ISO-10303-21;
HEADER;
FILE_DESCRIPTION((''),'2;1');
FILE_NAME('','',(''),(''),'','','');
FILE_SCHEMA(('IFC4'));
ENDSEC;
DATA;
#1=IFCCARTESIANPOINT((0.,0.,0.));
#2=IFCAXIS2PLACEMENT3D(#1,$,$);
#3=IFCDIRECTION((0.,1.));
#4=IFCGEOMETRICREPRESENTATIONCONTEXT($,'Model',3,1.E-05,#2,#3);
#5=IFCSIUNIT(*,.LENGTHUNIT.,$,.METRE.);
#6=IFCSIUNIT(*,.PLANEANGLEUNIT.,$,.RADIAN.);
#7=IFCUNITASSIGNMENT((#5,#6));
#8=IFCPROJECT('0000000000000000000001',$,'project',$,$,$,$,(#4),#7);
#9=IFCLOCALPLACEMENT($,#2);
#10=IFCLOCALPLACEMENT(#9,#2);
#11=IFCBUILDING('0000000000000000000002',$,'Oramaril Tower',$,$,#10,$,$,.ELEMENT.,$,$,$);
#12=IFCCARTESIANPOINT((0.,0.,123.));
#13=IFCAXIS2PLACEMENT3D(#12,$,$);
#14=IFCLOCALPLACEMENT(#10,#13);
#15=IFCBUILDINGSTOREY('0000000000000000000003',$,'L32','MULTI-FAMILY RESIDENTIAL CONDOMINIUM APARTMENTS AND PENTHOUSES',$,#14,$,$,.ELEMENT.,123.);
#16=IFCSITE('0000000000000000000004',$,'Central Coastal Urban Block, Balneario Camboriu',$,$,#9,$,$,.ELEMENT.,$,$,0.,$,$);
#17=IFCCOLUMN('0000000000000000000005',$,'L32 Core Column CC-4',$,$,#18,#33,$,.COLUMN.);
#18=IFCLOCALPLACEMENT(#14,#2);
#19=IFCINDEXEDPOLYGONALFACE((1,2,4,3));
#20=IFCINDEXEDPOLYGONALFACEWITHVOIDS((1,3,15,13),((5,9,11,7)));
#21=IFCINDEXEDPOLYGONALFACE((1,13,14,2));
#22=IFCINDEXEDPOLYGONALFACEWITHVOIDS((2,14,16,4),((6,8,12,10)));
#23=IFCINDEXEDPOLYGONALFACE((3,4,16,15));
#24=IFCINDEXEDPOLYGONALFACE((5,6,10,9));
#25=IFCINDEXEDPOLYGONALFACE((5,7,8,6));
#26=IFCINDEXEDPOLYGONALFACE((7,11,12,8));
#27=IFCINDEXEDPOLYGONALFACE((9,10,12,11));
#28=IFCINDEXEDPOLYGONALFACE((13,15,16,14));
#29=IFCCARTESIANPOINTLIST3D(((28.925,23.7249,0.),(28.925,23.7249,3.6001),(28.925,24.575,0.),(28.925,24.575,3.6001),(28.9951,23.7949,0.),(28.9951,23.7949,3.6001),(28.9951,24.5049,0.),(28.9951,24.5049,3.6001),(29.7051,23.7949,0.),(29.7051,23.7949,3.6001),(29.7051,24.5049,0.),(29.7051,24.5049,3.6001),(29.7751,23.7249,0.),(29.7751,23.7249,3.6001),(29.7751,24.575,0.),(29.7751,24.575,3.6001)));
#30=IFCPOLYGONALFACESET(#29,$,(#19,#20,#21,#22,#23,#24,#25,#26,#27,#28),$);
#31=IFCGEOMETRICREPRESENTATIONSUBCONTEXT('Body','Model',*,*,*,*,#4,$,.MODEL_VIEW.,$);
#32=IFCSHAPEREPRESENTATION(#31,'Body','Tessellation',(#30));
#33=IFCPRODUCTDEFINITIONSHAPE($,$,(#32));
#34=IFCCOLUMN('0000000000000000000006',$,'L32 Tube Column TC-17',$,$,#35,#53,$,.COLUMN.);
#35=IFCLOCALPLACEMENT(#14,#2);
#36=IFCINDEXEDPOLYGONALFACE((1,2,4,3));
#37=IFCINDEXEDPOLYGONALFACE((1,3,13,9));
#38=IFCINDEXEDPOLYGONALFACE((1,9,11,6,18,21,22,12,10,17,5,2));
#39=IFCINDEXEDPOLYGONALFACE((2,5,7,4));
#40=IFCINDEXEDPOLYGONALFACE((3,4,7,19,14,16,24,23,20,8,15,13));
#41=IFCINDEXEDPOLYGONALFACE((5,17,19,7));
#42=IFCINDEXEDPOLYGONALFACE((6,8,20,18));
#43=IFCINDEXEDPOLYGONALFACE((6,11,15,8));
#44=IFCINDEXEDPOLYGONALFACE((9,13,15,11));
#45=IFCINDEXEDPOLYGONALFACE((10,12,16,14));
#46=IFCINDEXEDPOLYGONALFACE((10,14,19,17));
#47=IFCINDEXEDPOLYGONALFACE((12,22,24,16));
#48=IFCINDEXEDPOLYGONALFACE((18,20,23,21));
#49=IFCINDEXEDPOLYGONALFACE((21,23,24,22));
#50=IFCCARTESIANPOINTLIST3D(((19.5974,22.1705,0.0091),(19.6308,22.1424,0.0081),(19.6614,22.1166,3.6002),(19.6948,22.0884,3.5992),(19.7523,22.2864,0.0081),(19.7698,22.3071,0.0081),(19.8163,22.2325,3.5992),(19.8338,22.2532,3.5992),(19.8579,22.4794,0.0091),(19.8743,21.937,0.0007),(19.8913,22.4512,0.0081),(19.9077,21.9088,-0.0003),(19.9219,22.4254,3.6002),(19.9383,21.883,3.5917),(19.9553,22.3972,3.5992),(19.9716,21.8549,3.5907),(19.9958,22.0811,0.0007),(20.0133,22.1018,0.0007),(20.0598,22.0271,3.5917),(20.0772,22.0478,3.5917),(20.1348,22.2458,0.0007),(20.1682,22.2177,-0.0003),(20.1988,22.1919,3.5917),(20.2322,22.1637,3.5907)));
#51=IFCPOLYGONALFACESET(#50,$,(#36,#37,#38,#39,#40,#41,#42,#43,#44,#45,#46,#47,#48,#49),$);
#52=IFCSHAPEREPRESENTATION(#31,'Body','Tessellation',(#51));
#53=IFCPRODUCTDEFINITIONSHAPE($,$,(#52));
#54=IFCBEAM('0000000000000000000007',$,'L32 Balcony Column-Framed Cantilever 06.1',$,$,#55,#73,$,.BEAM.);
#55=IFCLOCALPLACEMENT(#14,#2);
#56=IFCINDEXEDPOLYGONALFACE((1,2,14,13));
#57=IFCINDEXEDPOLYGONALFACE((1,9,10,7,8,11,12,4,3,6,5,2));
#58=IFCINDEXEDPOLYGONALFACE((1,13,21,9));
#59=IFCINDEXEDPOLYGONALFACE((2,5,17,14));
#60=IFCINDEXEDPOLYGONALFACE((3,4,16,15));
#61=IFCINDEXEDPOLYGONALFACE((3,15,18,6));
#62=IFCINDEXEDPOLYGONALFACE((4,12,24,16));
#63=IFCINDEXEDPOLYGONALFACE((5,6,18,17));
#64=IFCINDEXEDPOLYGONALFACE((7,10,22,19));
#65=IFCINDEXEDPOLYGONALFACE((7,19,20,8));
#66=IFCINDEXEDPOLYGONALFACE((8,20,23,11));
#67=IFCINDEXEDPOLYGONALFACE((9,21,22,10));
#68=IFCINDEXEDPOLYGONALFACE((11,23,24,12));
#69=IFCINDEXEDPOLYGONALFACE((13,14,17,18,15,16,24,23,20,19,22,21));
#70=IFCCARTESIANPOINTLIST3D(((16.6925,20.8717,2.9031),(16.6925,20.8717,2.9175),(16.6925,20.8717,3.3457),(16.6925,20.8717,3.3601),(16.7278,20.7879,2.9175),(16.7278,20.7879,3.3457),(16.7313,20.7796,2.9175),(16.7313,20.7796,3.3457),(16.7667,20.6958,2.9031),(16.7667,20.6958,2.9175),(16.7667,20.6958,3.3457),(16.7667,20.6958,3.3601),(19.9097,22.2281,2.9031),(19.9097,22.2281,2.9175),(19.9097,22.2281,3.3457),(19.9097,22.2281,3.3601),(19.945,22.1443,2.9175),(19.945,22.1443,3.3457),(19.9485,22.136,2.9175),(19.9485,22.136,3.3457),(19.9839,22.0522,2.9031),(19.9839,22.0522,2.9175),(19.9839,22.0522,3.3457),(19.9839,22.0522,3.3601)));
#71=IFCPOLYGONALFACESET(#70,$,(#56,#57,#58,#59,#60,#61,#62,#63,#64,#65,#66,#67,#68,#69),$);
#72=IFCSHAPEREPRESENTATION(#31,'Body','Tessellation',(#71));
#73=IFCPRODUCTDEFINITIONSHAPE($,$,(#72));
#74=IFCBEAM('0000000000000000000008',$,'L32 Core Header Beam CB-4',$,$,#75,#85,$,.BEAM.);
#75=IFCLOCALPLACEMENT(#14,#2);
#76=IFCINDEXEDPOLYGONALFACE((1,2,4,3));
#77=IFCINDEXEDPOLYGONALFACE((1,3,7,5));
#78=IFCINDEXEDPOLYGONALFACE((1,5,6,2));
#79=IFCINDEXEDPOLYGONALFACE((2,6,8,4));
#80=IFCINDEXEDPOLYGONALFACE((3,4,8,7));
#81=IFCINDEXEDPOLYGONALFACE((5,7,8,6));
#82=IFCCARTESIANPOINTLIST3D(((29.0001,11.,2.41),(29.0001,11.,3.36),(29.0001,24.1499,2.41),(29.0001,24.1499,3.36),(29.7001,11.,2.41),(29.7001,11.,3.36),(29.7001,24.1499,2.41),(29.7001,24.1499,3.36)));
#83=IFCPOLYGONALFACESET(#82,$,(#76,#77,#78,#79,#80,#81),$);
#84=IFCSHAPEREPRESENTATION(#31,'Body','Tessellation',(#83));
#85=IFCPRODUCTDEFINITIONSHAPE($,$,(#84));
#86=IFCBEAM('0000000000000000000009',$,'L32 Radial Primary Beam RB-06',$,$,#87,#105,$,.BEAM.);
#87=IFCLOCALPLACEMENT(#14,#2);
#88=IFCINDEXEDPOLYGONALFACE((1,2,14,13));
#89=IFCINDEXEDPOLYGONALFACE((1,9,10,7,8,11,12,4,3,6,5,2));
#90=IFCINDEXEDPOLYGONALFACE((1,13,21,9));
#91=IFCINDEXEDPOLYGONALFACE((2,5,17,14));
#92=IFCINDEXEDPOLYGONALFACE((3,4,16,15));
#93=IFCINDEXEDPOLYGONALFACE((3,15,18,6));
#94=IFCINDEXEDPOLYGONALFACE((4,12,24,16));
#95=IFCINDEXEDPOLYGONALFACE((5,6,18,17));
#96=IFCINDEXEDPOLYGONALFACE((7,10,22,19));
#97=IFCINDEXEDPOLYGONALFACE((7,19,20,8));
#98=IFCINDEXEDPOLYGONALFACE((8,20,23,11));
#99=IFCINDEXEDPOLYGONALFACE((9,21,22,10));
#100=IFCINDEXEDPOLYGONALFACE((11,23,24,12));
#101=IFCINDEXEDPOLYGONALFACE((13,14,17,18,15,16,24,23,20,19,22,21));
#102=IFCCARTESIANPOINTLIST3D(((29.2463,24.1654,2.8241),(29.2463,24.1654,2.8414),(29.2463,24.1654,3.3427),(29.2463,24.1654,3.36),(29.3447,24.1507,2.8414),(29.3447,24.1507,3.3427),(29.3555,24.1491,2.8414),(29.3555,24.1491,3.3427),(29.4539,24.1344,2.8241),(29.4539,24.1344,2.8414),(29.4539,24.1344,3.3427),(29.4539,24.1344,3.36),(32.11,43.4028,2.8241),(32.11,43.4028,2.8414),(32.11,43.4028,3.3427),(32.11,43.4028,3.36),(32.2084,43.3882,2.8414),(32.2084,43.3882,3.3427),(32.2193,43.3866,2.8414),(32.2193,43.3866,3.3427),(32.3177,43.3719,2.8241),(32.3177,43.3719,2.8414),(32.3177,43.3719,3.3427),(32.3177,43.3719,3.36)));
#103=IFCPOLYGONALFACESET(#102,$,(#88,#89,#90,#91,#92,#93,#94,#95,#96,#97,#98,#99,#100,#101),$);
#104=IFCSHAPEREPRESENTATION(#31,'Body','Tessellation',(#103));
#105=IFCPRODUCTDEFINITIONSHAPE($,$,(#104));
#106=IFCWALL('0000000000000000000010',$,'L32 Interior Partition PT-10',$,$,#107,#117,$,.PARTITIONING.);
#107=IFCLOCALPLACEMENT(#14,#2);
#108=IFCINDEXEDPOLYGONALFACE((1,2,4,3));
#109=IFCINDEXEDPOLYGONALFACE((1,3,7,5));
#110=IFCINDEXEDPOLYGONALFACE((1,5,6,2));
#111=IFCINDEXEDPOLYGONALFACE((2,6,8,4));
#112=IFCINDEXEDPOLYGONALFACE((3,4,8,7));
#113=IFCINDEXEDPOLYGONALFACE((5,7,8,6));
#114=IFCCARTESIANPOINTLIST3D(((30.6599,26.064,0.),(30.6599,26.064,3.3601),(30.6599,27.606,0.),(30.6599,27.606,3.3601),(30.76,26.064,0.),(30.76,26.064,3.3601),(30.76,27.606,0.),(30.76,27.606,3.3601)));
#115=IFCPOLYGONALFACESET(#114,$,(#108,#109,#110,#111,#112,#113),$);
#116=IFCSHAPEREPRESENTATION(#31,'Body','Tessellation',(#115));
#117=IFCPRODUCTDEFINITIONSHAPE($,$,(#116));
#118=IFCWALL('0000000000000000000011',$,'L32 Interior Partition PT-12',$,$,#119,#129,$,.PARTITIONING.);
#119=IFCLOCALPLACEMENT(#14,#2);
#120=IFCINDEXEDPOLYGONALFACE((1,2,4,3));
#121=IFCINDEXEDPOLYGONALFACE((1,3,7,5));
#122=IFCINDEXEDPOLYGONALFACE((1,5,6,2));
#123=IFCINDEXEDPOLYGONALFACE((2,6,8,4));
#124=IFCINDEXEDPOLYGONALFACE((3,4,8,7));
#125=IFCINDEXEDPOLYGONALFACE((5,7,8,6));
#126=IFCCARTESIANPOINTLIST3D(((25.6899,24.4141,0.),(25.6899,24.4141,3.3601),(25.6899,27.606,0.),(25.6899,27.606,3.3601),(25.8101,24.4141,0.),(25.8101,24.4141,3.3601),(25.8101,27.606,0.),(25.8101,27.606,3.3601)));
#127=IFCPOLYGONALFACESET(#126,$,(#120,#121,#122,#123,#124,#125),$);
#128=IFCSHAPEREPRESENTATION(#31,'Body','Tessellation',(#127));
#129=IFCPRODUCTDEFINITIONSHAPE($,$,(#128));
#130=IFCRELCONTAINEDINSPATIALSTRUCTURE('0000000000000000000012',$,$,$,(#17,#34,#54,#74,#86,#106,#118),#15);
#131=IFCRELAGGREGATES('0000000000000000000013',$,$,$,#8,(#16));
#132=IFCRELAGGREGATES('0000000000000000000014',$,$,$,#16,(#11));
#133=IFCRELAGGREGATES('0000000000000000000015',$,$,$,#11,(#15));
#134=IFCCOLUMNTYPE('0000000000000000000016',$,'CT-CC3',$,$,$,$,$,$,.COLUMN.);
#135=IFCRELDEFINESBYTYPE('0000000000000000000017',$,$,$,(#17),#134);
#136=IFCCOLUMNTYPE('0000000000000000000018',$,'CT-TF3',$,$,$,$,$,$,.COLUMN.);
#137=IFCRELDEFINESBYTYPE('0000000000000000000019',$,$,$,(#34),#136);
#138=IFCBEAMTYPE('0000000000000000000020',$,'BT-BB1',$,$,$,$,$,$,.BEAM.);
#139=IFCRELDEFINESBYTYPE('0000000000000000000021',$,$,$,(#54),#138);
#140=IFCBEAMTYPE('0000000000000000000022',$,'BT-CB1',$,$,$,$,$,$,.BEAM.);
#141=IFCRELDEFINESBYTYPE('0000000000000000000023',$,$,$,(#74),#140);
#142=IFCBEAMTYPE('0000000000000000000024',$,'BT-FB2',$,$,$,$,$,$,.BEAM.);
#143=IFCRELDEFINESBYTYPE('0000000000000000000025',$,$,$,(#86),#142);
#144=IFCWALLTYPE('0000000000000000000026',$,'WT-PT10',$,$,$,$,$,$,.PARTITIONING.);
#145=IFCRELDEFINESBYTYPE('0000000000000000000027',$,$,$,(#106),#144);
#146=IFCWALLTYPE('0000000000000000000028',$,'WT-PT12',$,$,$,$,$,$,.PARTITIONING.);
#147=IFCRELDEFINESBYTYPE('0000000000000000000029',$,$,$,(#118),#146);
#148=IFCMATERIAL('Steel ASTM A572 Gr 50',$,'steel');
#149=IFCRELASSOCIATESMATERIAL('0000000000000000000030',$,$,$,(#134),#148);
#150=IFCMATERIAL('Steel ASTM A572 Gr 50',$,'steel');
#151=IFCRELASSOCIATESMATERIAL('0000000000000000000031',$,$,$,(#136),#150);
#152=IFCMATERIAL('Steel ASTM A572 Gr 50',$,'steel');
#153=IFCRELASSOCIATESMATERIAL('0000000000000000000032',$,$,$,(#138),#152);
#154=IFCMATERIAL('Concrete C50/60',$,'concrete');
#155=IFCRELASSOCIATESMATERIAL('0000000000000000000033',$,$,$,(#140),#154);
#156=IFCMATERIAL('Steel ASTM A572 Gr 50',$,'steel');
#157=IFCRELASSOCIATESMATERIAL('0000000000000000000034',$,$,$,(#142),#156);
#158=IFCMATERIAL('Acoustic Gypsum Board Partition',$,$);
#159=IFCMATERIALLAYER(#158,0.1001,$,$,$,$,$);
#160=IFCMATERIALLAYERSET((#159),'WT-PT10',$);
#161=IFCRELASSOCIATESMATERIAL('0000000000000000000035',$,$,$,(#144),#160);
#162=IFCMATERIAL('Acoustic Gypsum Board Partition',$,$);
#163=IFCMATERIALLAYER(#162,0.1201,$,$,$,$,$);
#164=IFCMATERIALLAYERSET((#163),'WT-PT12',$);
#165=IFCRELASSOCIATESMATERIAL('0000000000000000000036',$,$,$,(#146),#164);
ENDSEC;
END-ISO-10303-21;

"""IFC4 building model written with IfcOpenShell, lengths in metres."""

from ifc_helpers import new_model, si_unit, direction, frame, frame_2d, origin, origin_2d, place, context, subcontext, project, spatial, rectangle, hollow_rectangle, i_section, extrude, material, layer, layer_set, material_profile, profile_set, type_object, element, save


model = new_model("IFC4")

# Units and contexts
model_context = context("Model", 3, precision=1e-05, world=origin(), true_north=direction((0.0, 1.0)))
body_context = subcontext(model_context, "Body", "Model", "MODEL_VIEW")
ifc_project = project(units=[si_unit("LENGTHUNIT", "METRE"), si_unit("PLANEANGLEUNIT", "RADIAN")], contexts=[model_context])

# Site, building, storey
site_placement = place(None, origin())
site = spatial("IfcSite", under=ifc_project, at=site_placement, Name="Central Coastal Urban Block, Balneario Camboriu", CompositionType="ELEMENT", RefElevation=0.0)
building_placement = place(site_placement, origin())
building = spatial("IfcBuilding", under=site, at=building_placement, Name="Oramaril Tower", CompositionType="ELEMENT")
storey_placement = place(building_placement, frame((0.0, 0.0, 123.0)))
storey = spatial("IfcBuildingStorey", under=building, at=storey_placement, Name="L32", Description="MULTI-FAMILY RESIDENTIAL CONDOMINIUM APARTMENTS AND PENTHOUSES", CompositionType="ELEMENT", Elevation=123.0)

# Columns
ifc_material_1 = material(Name="Steel ASTM A572 Gr 50", Category="steel")
ifc_material_profile_1 = material_profile(ifc_material_1, hollow_rectangle(XDim=0.8501, YDim=0.8501, WallThickness=0.0701, at=origin_2d()), Name="BOX850X850X70")
ifc_profile_set_1 = profile_set([ifc_material_profile_1], Name="Steel ASTM A572 Gr 50")
column_type_1 = type_object("IfcColumnType", Name="CT-CC3", PredefinedType="COLUMN", material=ifc_profile_set_1)
column_1_placement = place(storey_placement, frame((29.3501, 24.1499, 0.0), z_axis=(0.0, 0.0, 1.0), x_axis=(1.0, 0.0, 0.0)))
element("IfcColumn", 1, at=column_1_placement, inside=storey, type_object=column_type_1, Name="L32 Core Column CC-4", PredefinedType="COLUMN", context=body_context, shape_type="SweptSolid", body=[
    extrude(hollow_rectangle(XDim=0.8501, YDim=0.8501, WallThickness=0.0701, at=origin_2d()), origin(), (0.0, 0.0, 1.0), 3.6001),
])
ifc_material_2 = material(Name="Steel ASTM A572 Gr 50", Category="steel")
ifc_material_profile_2 = material_profile(ifc_material_2, i_section(OverallWidth=0.4041, OverallDepth=0.406, WebThickness=0.0271, FlangeThickness=0.0437, at=origin_2d()), Name="W14X233")
ifc_profile_set_2 = profile_set([ifc_material_profile_2], Name="Steel ASTM A572 Gr 50")
column_type_2 = type_object("IfcColumnType", Name="CT-TF3", PredefinedType="COLUMN", material=ifc_profile_set_2)
column_2_placement = place(storey_placement, frame((19.8828, 22.1941, 0.0044), z_axis=(0.017807, -0.015021, 0.999729), x_axis=(0.644764, 0.764381, 0.0)))
element("IfcColumn", 2, at=column_2_placement, inside=storey, type_object=column_type_2, Name="L32 Tube Column TC-17", PredefinedType="COLUMN", context=body_context, shape_type="SweptSolid", body=[
    extrude(i_section(OverallWidth=0.4041, OverallDepth=0.406, WebThickness=0.0271, FlangeThickness=0.0437, at=origin_2d()), origin(), (0.0, 0.0, 1.0), 3.592),
])

# Beams
ifc_material_3 = material(Name="Steel ASTM A572 Gr 50", Category="steel")
ifc_material_profile_3 = material_profile(ifc_material_3, i_section(OverallWidth=0.1909, OverallDepth=0.457, WebThickness=0.009, FlangeThickness=0.0144, at=origin_2d()), Name="W18X50")
ifc_profile_set_3 = profile_set([ifc_material_profile_3], Name="Steel ASTM A572 Gr 50")
beam_type_1 = type_object("IfcBeamType", Name="BT-BB1", PredefinedType="BEAM", material=ifc_profile_set_3)
beam_1_placement = place(storey_placement, frame((19.9468, 22.1401, 3.1316), z_axis=(-0.921451, -0.388495, 0.0), x_axis=(0.388495, -0.921451, 0.0)))
element("IfcBeam", 3, at=beam_1_placement, inside=storey, type_object=beam_type_1, Name="L32 Balcony Column-Framed Cantilever 06.1", PredefinedType="BEAM", context=body_context, shape_type="SweptSolid", body=[
    extrude(i_section(OverallWidth=0.1909, OverallDepth=0.457, WebThickness=0.009, FlangeThickness=0.0144, at=origin_2d()), origin(), (0.0, 0.0, 1.0), 3.4915),
])
ifc_material_4 = material(Name="Concrete C50/60", Category="concrete")
ifc_material_profile_4 = material_profile(ifc_material_4, rectangle(XDim=0.7, YDim=0.95, at=origin_2d()), Name="CB700X950")
ifc_profile_set_4 = profile_set([ifc_material_profile_4], Name="Concrete C50/60")
beam_type_2 = type_object("IfcBeamType", Name="BT-CB1", PredefinedType="BEAM", material=ifc_profile_set_4)
beam_2_placement = place(storey_placement, frame((29.3501, 24.1499, 2.885), z_axis=(0.0, -1.0, 0.0), x_axis=(1.0, 0.0, 0.0)))
element("IfcBeam", 4, at=beam_2_placement, inside=storey, type_object=beam_type_2, Name="L32 Core Header Beam CB-4", PredefinedType="BEAM", context=body_context, shape_type="SweptSolid", body=[
    extrude(rectangle(XDim=0.7, YDim=0.95, at=origin_2d()), origin(), (0.0, 0.0, 1.0), 13.1499),
])
ifc_material_5 = material(Name="Steel ASTM A572 Gr 50", Category="steel")
ifc_material_profile_5 = material_profile(ifc_material_5, i_section(OverallWidth=0.21, OverallDepth=0.5359, WebThickness=0.011, FlangeThickness=0.0173, at=origin_2d()), Name="W21X68")
ifc_profile_set_5 = profile_set([ifc_material_profile_5], Name="Steel ASTM A572 Gr 50")
beam_type_3 = type_object("IfcBeamType", Name="BT-FB2", PredefinedType="BEAM", material=ifc_profile_set_5)
beam_3_placement = place(storey_placement, frame((29.3501, 24.1499, 3.092), z_axis=(0.147241, 0.989101, 0.0), x_axis=(-0.989101, 0.147241, 0.0)))
element("IfcBeam", 5, at=beam_3_placement, inside=storey, type_object=beam_type_3, Name="L32 Radial Primary Beam RB-06", PredefinedType="BEAM", context=body_context, shape_type="SweptSolid", body=[
    extrude(i_section(OverallWidth=0.21, OverallDepth=0.5359, WebThickness=0.011, FlangeThickness=0.0173, at=origin_2d()), origin(), (0.0, 0.0, 1.0), 19.4495),
])

# Walls
ifc_material_6 = material(Name="Acoustic Gypsum Board Partition")
ifc_layer_1 = layer(ifc_material_6, 0.1001)
ifc_layer_set_1 = layer_set([ifc_layer_1], Name="WT-PT10")
wall_type_1 = type_object("IfcWallType", Name="WT-PT10", PredefinedType="PARTITIONING", material=ifc_layer_set_1)
wall_1_placement = place(storey_placement, frame((30.71, 26.064, 0.0), z_axis=(0.0, 0.0, 1.0), x_axis=(0.0, 1.0, 0.0)))
element("IfcWall", 6, at=wall_1_placement, inside=storey, type_object=wall_type_1, Name="L32 Interior Partition PT-10", PredefinedType="PARTITIONING", context=body_context, shape_type="SweptSolid", body=[
    extrude(rectangle(XDim=1.542, YDim=0.1001, at=frame_2d((0.771, 0.0))), origin(), (0.0, 0.0, 1.0), 3.3601),
])
ifc_material_7 = material(Name="Acoustic Gypsum Board Partition")
ifc_layer_2 = layer(ifc_material_7, 0.1201)
ifc_layer_set_2 = layer_set([ifc_layer_2], Name="WT-PT12")
wall_type_2 = type_object("IfcWallType", Name="WT-PT12", PredefinedType="PARTITIONING", material=ifc_layer_set_2)
wall_2_placement = place(storey_placement, frame((25.75, 24.4141, 0.0), z_axis=(0.0, 0.0, 1.0), x_axis=(0.0, 1.0, 0.0)))
element("IfcWall", 7, at=wall_2_placement, inside=storey, type_object=wall_type_2, Name="L32 Interior Partition PT-12", PredefinedType="PARTITIONING", context=body_context, shape_type="SweptSolid", body=[
    extrude(rectangle(XDim=3.1919, YDim=0.1201, at=frame_2d((1.5959, 0.0))), origin(), (0.0, 0.0, 1.0), 3.3601),
])

save(model, "model.ifc")
